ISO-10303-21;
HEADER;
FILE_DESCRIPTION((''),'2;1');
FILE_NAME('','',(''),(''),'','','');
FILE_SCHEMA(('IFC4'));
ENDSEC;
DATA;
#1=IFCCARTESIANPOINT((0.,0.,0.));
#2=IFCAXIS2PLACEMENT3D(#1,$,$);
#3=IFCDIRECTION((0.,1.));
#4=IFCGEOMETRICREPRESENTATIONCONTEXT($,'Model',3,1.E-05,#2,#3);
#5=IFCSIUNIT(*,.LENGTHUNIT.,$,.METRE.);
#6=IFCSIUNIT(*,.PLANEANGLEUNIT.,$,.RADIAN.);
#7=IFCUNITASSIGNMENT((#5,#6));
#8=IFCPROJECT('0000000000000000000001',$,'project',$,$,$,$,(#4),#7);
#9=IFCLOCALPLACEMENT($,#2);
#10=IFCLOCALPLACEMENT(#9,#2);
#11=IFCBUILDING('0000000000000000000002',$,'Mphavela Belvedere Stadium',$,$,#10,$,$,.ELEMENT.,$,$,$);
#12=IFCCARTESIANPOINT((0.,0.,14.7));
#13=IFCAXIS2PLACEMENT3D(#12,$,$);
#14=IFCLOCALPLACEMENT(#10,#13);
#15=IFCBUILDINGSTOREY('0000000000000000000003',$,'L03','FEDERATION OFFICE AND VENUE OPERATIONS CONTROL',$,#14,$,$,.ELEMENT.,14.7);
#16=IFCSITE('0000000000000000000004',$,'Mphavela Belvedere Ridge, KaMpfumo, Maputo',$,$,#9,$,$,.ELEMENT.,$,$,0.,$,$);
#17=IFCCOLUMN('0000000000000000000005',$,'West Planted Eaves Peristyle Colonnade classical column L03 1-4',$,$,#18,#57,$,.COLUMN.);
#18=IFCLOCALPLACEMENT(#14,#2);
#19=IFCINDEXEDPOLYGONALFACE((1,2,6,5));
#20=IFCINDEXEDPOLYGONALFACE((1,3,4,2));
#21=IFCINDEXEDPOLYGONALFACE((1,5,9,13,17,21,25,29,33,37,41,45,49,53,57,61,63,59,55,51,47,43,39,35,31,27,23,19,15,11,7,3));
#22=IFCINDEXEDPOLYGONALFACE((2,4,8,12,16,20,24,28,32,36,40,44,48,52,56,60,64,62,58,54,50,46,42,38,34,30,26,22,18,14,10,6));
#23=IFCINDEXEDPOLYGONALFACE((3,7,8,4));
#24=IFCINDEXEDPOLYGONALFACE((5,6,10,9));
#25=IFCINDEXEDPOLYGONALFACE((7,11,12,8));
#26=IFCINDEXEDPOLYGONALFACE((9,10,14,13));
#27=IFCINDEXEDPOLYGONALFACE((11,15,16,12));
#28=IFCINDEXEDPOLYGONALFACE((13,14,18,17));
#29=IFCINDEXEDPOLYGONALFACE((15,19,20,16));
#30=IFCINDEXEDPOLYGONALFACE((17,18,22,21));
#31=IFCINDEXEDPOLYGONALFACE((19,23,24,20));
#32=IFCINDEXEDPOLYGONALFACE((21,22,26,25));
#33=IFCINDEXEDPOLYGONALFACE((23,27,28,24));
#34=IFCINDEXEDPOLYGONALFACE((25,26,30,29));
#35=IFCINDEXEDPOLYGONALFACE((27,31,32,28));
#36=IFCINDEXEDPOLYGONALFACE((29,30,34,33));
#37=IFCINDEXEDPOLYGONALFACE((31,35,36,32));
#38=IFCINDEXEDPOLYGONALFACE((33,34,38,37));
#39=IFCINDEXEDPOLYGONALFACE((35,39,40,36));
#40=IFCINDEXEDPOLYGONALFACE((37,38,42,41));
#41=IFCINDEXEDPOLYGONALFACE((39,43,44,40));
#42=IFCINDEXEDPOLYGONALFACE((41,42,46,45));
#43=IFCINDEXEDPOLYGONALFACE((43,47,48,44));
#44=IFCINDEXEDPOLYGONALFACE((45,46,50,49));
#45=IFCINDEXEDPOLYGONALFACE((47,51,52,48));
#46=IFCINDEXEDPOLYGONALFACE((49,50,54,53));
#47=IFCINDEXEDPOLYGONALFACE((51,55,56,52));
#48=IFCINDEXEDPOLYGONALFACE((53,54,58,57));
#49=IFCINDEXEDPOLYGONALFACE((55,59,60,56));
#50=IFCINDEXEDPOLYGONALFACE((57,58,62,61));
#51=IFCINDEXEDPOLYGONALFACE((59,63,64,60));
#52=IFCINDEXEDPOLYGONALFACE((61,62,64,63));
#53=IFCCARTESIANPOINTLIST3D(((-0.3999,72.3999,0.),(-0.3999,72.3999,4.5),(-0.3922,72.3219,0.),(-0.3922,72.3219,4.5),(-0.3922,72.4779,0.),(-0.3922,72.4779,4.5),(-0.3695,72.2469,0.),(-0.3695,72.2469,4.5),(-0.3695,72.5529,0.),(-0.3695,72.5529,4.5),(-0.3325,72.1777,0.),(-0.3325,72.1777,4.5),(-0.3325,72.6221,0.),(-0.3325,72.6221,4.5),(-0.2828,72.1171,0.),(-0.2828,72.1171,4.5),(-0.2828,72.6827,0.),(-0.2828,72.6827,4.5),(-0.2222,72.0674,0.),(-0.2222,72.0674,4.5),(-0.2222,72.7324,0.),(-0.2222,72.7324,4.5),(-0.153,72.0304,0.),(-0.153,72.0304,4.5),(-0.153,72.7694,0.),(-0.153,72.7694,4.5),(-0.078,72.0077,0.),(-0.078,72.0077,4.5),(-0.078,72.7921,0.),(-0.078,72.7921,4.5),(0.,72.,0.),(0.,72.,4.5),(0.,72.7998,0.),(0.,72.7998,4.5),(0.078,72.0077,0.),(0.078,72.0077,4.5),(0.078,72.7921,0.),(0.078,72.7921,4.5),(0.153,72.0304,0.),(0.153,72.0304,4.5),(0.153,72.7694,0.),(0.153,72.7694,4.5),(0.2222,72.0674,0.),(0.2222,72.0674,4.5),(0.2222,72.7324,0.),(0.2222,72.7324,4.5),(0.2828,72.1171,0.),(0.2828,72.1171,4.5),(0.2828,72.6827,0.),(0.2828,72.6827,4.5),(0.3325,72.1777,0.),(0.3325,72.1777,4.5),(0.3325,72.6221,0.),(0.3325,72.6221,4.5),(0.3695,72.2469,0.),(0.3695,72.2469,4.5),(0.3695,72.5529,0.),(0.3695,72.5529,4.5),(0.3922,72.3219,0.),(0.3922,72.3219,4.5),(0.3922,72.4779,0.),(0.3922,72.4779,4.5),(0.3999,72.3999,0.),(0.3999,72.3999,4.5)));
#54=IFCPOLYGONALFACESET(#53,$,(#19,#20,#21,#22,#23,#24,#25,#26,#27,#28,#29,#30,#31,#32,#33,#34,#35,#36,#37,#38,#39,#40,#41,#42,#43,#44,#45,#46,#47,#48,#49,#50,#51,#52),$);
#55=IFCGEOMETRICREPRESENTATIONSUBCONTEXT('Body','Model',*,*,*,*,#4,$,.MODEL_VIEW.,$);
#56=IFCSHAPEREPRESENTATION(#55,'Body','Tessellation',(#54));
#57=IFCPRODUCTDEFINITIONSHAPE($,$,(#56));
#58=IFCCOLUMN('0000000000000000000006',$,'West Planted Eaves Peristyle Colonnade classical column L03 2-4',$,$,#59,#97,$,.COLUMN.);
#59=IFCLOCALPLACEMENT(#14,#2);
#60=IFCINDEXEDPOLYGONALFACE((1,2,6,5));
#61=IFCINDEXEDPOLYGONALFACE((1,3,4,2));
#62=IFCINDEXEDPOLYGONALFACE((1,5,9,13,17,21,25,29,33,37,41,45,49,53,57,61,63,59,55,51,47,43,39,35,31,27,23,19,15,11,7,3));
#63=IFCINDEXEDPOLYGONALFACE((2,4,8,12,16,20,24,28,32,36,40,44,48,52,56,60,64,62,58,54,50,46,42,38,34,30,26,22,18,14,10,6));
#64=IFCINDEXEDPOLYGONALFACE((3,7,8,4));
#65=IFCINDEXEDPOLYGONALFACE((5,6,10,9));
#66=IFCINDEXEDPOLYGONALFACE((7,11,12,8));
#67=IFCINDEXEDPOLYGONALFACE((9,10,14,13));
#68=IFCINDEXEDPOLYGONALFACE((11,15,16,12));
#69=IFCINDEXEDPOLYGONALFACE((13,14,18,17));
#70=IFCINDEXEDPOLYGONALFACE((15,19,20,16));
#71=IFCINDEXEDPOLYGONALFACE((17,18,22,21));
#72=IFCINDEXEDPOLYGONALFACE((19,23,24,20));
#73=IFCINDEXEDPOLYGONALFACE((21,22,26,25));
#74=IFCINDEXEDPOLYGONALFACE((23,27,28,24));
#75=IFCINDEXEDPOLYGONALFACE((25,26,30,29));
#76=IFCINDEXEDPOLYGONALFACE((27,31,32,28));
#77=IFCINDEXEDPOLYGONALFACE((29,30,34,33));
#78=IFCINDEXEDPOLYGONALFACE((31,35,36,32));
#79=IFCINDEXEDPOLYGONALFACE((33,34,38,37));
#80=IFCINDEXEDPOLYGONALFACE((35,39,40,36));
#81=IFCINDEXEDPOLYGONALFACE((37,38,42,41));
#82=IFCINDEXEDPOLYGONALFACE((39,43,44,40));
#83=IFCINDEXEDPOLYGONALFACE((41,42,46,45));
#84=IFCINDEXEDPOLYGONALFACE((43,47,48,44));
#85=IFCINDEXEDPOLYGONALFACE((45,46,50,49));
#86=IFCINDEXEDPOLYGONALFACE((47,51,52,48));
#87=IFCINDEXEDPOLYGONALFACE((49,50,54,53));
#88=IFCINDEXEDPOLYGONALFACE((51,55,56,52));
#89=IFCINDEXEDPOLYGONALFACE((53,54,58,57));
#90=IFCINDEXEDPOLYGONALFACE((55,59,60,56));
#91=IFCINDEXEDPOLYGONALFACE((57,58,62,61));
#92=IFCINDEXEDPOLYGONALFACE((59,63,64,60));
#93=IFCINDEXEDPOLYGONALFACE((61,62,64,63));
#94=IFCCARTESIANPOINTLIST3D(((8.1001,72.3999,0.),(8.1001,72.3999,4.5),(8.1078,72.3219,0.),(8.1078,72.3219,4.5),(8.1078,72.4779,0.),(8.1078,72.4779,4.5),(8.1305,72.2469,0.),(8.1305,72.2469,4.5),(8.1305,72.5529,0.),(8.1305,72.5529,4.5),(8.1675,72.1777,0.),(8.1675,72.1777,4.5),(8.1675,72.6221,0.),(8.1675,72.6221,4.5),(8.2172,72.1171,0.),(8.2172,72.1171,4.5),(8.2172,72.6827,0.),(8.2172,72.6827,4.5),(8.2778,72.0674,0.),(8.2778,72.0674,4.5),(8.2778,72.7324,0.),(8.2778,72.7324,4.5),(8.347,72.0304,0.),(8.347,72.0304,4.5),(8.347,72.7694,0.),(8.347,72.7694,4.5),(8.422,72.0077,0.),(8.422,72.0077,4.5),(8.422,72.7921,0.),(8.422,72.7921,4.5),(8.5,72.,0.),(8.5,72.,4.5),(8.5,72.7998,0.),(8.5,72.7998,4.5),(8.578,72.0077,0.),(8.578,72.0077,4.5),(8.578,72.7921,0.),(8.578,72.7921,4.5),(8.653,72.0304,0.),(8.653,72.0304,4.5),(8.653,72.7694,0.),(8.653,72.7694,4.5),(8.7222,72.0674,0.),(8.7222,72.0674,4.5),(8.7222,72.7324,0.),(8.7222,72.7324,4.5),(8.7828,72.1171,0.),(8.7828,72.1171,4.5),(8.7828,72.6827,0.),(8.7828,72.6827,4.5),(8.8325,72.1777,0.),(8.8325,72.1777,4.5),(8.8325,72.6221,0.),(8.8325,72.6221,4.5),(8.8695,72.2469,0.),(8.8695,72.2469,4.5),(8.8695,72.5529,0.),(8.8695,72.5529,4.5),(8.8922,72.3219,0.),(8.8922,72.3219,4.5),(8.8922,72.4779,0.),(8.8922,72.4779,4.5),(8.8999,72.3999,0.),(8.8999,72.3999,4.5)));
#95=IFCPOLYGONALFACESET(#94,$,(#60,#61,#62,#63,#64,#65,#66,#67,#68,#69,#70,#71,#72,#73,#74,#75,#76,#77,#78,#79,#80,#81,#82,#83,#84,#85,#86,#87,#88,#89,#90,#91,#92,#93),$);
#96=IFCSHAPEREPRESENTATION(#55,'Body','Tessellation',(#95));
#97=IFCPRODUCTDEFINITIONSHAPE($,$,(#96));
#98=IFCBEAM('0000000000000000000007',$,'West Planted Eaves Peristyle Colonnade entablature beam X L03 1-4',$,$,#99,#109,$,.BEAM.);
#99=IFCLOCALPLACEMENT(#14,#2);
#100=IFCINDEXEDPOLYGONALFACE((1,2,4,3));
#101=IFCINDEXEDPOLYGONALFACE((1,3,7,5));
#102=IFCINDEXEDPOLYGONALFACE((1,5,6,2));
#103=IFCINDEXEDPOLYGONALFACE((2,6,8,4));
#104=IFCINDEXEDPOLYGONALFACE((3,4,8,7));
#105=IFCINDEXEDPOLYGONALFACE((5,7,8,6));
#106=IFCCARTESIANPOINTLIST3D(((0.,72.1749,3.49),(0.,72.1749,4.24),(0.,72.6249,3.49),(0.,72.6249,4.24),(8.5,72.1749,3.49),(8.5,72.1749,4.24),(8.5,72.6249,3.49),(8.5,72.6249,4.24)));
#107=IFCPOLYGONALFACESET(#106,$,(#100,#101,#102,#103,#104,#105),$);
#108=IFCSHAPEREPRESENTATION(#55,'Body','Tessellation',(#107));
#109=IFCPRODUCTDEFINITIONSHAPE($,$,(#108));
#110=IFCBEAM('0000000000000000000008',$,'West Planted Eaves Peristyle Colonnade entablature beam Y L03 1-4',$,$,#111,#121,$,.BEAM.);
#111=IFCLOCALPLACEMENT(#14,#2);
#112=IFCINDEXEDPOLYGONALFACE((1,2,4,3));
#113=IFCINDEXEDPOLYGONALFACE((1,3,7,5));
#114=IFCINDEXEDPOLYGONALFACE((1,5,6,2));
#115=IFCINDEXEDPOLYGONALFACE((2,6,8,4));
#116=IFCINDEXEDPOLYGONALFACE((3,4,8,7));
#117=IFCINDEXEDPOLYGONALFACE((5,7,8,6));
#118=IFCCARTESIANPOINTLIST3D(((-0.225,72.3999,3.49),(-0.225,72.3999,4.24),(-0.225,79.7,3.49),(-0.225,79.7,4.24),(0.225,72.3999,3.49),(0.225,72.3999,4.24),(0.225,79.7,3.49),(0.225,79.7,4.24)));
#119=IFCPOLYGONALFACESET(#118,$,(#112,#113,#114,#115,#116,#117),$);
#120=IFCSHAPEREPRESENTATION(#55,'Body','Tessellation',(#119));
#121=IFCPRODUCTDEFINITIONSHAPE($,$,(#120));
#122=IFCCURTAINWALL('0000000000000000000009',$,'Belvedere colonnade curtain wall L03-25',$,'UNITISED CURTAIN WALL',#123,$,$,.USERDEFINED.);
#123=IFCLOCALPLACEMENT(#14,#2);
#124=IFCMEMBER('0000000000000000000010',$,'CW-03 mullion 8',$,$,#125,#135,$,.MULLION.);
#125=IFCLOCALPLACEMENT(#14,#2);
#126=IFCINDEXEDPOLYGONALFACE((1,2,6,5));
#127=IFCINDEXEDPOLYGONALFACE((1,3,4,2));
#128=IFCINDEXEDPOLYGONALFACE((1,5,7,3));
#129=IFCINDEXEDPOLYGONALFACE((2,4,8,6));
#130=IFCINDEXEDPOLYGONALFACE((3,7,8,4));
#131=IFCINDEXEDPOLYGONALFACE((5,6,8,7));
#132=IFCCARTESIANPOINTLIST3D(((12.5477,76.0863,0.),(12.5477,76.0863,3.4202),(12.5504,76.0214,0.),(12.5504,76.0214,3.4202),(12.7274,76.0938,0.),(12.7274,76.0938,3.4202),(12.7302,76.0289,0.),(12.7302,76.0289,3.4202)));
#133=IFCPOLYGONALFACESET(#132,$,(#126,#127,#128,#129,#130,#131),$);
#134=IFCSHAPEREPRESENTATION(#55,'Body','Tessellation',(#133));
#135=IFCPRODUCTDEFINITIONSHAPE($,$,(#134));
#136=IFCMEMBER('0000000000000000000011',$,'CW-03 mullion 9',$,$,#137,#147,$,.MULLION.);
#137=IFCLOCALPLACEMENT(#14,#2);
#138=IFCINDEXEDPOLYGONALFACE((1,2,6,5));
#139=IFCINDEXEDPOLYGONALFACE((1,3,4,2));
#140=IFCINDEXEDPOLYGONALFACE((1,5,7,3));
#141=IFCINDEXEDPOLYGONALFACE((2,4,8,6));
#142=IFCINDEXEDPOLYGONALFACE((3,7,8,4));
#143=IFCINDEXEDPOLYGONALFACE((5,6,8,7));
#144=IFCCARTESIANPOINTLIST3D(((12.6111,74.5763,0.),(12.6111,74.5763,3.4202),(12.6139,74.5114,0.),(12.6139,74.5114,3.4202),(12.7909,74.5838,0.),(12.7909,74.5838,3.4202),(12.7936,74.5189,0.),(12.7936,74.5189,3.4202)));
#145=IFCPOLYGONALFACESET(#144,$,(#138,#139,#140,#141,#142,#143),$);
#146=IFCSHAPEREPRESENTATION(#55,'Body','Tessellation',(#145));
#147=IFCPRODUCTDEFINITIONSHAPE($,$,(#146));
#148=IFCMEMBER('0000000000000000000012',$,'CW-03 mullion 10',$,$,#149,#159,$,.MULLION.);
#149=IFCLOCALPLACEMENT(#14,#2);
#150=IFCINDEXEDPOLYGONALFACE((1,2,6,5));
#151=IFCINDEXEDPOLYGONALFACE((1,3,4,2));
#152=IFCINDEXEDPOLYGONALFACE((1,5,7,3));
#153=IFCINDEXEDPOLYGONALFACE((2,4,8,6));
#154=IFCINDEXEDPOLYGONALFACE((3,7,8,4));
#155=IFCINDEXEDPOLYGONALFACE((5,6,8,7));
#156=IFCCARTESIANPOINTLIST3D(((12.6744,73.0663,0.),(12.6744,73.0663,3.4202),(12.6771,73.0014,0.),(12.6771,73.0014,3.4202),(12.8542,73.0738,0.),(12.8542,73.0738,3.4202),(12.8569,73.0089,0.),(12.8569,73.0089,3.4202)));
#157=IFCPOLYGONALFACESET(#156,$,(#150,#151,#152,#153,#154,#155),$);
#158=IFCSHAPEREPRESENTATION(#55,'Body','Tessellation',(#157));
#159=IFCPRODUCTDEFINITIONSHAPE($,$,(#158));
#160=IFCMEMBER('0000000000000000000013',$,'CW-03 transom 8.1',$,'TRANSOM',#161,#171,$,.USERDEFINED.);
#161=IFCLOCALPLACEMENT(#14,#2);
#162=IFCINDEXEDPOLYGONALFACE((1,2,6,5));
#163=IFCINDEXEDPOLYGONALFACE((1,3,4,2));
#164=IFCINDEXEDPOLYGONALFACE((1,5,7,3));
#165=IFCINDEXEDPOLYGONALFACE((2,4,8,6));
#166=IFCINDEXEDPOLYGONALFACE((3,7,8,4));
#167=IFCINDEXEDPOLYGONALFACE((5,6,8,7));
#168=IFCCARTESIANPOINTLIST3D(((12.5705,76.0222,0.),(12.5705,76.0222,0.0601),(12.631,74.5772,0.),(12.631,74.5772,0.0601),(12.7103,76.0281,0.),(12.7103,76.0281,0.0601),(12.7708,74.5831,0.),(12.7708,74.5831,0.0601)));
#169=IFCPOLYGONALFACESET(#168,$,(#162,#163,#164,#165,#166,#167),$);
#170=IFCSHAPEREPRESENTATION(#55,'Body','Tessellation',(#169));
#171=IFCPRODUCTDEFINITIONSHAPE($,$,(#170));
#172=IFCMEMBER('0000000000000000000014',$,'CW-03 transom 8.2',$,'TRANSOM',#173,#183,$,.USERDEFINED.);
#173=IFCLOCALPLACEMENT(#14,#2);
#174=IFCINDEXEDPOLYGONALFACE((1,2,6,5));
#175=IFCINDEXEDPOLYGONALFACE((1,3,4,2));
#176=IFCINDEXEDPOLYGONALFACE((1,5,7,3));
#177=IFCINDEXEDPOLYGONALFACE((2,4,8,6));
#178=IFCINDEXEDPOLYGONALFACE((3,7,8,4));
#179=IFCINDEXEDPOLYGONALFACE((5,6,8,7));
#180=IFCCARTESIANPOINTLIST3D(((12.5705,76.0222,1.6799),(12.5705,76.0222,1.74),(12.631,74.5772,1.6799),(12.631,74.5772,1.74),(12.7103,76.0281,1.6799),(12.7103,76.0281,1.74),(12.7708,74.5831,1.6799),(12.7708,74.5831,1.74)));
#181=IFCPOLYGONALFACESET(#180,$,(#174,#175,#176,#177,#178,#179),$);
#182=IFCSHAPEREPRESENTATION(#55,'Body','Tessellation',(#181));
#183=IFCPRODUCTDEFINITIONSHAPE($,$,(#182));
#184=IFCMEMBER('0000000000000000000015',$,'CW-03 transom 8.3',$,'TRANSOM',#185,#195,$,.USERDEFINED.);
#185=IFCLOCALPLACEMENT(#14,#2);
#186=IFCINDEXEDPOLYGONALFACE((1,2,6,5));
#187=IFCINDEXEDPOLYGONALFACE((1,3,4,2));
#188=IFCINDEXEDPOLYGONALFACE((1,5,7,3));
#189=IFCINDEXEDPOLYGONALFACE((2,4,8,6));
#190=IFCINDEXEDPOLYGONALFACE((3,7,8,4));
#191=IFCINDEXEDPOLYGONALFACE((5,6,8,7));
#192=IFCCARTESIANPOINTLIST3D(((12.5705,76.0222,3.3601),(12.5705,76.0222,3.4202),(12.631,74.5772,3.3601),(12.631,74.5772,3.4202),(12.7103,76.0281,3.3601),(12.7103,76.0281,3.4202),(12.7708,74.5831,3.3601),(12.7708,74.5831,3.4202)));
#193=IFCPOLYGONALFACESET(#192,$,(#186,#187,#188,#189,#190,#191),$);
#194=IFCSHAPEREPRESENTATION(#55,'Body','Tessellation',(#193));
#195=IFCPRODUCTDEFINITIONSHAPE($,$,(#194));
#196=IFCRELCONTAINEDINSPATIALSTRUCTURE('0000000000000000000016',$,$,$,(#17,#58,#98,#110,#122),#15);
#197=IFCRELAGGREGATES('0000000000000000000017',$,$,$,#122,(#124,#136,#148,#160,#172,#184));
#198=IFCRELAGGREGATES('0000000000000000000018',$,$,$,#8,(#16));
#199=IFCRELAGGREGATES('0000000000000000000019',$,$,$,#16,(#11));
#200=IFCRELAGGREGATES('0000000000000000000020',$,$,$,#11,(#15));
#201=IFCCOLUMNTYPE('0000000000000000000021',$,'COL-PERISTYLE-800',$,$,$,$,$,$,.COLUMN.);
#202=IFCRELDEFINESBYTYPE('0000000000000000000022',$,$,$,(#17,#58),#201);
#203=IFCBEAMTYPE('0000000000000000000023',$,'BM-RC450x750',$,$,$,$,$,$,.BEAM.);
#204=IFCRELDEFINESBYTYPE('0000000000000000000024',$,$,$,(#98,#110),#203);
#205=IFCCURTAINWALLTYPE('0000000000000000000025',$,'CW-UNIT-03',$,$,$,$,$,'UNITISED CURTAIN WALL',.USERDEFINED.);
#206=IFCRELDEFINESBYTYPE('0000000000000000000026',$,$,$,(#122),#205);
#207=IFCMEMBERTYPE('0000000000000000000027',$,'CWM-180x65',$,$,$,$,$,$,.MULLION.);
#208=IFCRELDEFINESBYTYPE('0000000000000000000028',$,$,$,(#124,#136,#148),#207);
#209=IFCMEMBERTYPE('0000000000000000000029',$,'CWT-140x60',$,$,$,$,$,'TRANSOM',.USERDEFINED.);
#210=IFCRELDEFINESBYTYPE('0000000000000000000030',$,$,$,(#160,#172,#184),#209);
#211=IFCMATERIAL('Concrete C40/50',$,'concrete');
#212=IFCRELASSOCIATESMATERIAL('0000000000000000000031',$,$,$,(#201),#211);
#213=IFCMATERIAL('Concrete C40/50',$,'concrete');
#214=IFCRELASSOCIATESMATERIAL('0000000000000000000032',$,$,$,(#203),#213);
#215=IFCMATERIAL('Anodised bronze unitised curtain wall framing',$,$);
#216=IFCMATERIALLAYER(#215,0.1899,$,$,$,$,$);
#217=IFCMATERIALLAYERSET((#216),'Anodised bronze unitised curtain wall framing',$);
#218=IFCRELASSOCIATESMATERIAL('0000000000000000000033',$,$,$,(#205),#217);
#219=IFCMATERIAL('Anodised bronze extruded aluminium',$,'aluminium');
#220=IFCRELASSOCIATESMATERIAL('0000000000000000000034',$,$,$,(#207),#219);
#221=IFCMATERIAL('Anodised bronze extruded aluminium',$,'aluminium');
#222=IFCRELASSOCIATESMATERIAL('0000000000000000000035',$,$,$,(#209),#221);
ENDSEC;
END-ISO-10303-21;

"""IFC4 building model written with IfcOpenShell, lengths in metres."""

from ifc_helpers import new_model, si_unit, direction, frame, origin, origin_2d, place, context, subcontext, project, spatial, rectangle, circle, extrude, material, layer, layer_set, material_profile, profile_set, type_object, element, aggregate, save


model = new_model("IFC4")

# Units and contexts
model_context = context("Model", 3, precision=1e-05, world=origin(), true_north=direction((0.0, 1.0)))
body_context = subcontext(model_context, "Body", "Model", "MODEL_VIEW")
ifc_project = project(units=[si_unit("LENGTHUNIT", "METRE"), si_unit("PLANEANGLEUNIT", "RADIAN")], contexts=[model_context])

# Site, building, storey
site_placement = place(None, origin())
site = spatial("IfcSite", under=ifc_project, at=site_placement, Name="Mphavela Belvedere Ridge, KaMpfumo, Maputo", CompositionType="ELEMENT", RefElevation=0.0)
building_placement = place(site_placement, origin())
building = spatial("IfcBuilding", under=site, at=building_placement, Name="Mphavela Belvedere Stadium", CompositionType="ELEMENT")
storey_placement = place(building_placement, frame((0.0, 0.0, 14.7)))
storey = spatial("IfcBuildingStorey", under=building, at=storey_placement, Name="L03", Description="FEDERATION OFFICE AND VENUE OPERATIONS CONTROL", CompositionType="ELEMENT", Elevation=14.7)

# Columns
ifc_material_1 = material(Name="Concrete C40/50", Category="concrete")
ifc_material_profile_1 = material_profile(ifc_material_1, circle(Radius=0.3999, at=origin_2d()), Name="COL D800")
ifc_profile_set_1 = profile_set([ifc_material_profile_1], Name="Concrete C40/50")
column_type = type_object("IfcColumnType", Name="COL-PERISTYLE-800", PredefinedType="COLUMN", material=ifc_profile_set_1)
for number, where, z_axis, x_axis, name in (
    (1, (0.0, 72.3999, 0.0), (0.0, 0.0, 1.0), (1.0, 0.0, 0.0), "West Planted Eaves Peristyle Colonnade classical column L03 1-4"),
    (2, (8.5, 72.3999, 0.0), (0.0, 0.0, 1.0), (1.0, 0.0, 0.0), "West Planted Eaves Peristyle Colonnade classical column L03 2-4"),
):
    element("IfcColumn", number, at=place(storey_placement, frame(where, z_axis=z_axis, x_axis=x_axis)), inside=storey, type_object=column_type, Name=name, PredefinedType="COLUMN", context=body_context, shape_type="SweptSolid", body=[
        extrude(circle(Radius=0.3999, at=origin_2d()), origin(), (0.0, 0.0, 1.0), 4.5),
    ])

# Beams
ifc_material_2 = material(Name="Concrete C40/50", Category="concrete")
ifc_material_profile_2 = material_profile(ifc_material_2, rectangle(XDim=0.45, YDim=0.75, at=origin_2d()), Name="RC 450x750")
ifc_profile_set_2 = profile_set([ifc_material_profile_2], Name="Concrete C40/50")
beam_type = type_object("IfcBeamType", Name="BM-RC450x750", PredefinedType="BEAM", material=ifc_profile_set_2)
beam_1_placement = place(storey_placement, frame((0.0, 72.3999, 3.865), z_axis=(1.0, 0.0, 0.0), x_axis=(0.0, 1.0, 0.0)))
element("IfcBeam", 3, at=beam_1_placement, inside=storey, type_object=beam_type, Name="West Planted Eaves Peristyle Colonnade entablature beam X L03 1-4", PredefinedType="BEAM", context=body_context, shape_type="SweptSolid", body=[
    extrude(rectangle(XDim=0.45, YDim=0.75, at=origin_2d()), origin(), (0.0, 0.0, 1.0), 8.5),
])
beam_2_placement = place(storey_placement, frame((0.0, 72.3999, 3.865), z_axis=(0.0, 1.0, 0.0), x_axis=(-1.0, 0.0, 0.0)))
element("IfcBeam", 4, at=beam_2_placement, inside=storey, type_object=beam_type, Name="West Planted Eaves Peristyle Colonnade entablature beam Y L03 1-4", PredefinedType="BEAM", context=body_context, shape_type="SweptSolid", body=[
    extrude(rectangle(XDim=0.45, YDim=0.75, at=origin_2d()), origin(), (0.0, 0.0, 1.0), 7.3),
])

# Curtain wall, members
ifc_material_3 = material(Name="Anodised bronze unitised curtain wall framing")
ifc_layer_1 = layer(ifc_material_3, 0.1899)
ifc_layer_set_1 = layer_set([ifc_layer_1], Name="Anodised bronze unitised curtain wall framing")
curtain_wall_type = type_object("IfcCurtainWallType", Name="CW-UNIT-03", ElementType="UNITISED CURTAIN WALL", PredefinedType="USERDEFINED", material=ifc_layer_set_1)
curtain_wall_placement = place(storey_placement, origin())
curtain_wall = element("IfcCurtainWall", 5, at=curtain_wall_placement, inside=storey, type_object=curtain_wall_type, Name="Belvedere colonnade curtain wall L03-25", ObjectType="UNITISED CURTAIN WALL", PredefinedType="USERDEFINED")
ifc_material_4 = material(Name="Anodised bronze extruded aluminium", Category="aluminium")
ifc_material_profile_3 = material_profile(ifc_material_4, rectangle(XDim=0.1799, YDim=0.0649, at=origin_2d()), Name="CW-MUL 180x65")
ifc_profile_set_3 = profile_set([ifc_material_profile_3], Name="Anodised bronze extruded aluminium")
member_type_1 = type_object("IfcMemberType", Name="CWM-180x65", PredefinedType="MULLION", material=ifc_profile_set_3)
member_1_placement = place(storey_placement, frame((12.6389, 76.0576, 0.0), z_axis=(0.0, 0.0, 1.0), x_axis=(0.999121, 0.041911, 0.0)))
member_1 = element("IfcMember", 6, at=member_1_placement, type_object=member_type_1, Name="CW-03 mullion 8", PredefinedType="MULLION", context=body_context, shape_type="SweptSolid", body=[
    extrude(rectangle(XDim=0.1799, YDim=0.0649, at=origin_2d()), origin(), (0.0, 0.0, 1.0), 3.4202),
])
member_2_placement = place(storey_placement, frame((12.7024, 74.5476, 0.0), z_axis=(0.0, 0.0, 1.0), x_axis=(0.999121, 0.041911, 0.0)))
member_2 = element("IfcMember", 7, at=member_2_placement, type_object=member_type_1, Name="CW-03 mullion 9", PredefinedType="MULLION", context=body_context, shape_type="SweptSolid", body=[
    extrude(rectangle(XDim=0.1799, YDim=0.0649, at=origin_2d()), origin(), (0.0, 0.0, 1.0), 3.4202),
])
member_3_placement = place(storey_placement, frame((12.7656, 73.0376, 0.0), z_axis=(0.0, 0.0, 1.0), x_axis=(0.999121, 0.041911, 0.0)))
member_3 = element("IfcMember", 8, at=member_3_placement, type_object=member_type_1, Name="CW-03 mullion 10", PredefinedType="MULLION", context=body_context, shape_type="SweptSolid", body=[
    extrude(rectangle(XDim=0.1799, YDim=0.0649, at=origin_2d()), origin(), (0.0, 0.0, 1.0), 3.4202),
])
ifc_material_5 = material(Name="Anodised bronze extruded aluminium", Category="aluminium")
ifc_material_profile_4 = material_profile(ifc_material_5, rectangle(XDim=0.1399, YDim=0.0601, at=origin_2d()), Name="CW-TRN 140x60")
ifc_profile_set_4 = profile_set([ifc_material_profile_4], Name="Anodised bronze extruded aluminium")
member_type_2 = type_object("IfcMemberType", Name="CWT-140x60", ElementType="TRANSOM", PredefinedType="USERDEFINED", material=ifc_profile_set_4)
member_4_placement = place(storey_placement, frame((12.6404, 76.0251, 0.03), z_axis=(0.041862, -0.999123, 0.0), x_axis=(0.999123, 0.041862, 0.0)))
member_4 = element("IfcMember", 9, at=member_4_placement, type_object=member_type_2, Name="CW-03 transom 8.1", ObjectType="TRANSOM", PredefinedType="USERDEFINED", context=body_context, shape_type="SweptSolid", body=[
    extrude(rectangle(XDim=0.1399, YDim=0.0601, at=origin_2d()), origin(), (0.0, 0.0, 1.0), 1.4463),
])
member_5_placement = place(storey_placement, frame((12.6404, 76.0251, 1.71), z_axis=(0.041862, -0.999123, 0.0), x_axis=(0.999123, 0.041862, 0.0)))
member_5 = element("IfcMember", 10, at=member_5_placement, type_object=member_type_2, Name="CW-03 transom 8.2", ObjectType="TRANSOM", PredefinedType="USERDEFINED", context=body_context, shape_type="SweptSolid", body=[
    extrude(rectangle(XDim=0.1399, YDim=0.0601, at=origin_2d()), origin(), (0.0, 0.0, 1.0), 1.4463),
])
member_6_placement = place(storey_placement, frame((12.6404, 76.0251, 3.3901), z_axis=(0.041862, -0.999123, 0.0), x_axis=(0.999123, 0.041862, 0.0)))
member_6 = element("IfcMember", 11, at=member_6_placement, type_object=member_type_2, Name="CW-03 transom 8.3", ObjectType="TRANSOM", PredefinedType="USERDEFINED", context=body_context, shape_type="SweptSolid", body=[
    extrude(rectangle(XDim=0.1399, YDim=0.0601, at=origin_2d()), origin(), (0.0, 0.0, 1.0), 1.4463),
])
aggregate(curtain_wall, [member_1, member_2, member_3, member_4, member_5, member_6])

save(model, "model.ifc")
